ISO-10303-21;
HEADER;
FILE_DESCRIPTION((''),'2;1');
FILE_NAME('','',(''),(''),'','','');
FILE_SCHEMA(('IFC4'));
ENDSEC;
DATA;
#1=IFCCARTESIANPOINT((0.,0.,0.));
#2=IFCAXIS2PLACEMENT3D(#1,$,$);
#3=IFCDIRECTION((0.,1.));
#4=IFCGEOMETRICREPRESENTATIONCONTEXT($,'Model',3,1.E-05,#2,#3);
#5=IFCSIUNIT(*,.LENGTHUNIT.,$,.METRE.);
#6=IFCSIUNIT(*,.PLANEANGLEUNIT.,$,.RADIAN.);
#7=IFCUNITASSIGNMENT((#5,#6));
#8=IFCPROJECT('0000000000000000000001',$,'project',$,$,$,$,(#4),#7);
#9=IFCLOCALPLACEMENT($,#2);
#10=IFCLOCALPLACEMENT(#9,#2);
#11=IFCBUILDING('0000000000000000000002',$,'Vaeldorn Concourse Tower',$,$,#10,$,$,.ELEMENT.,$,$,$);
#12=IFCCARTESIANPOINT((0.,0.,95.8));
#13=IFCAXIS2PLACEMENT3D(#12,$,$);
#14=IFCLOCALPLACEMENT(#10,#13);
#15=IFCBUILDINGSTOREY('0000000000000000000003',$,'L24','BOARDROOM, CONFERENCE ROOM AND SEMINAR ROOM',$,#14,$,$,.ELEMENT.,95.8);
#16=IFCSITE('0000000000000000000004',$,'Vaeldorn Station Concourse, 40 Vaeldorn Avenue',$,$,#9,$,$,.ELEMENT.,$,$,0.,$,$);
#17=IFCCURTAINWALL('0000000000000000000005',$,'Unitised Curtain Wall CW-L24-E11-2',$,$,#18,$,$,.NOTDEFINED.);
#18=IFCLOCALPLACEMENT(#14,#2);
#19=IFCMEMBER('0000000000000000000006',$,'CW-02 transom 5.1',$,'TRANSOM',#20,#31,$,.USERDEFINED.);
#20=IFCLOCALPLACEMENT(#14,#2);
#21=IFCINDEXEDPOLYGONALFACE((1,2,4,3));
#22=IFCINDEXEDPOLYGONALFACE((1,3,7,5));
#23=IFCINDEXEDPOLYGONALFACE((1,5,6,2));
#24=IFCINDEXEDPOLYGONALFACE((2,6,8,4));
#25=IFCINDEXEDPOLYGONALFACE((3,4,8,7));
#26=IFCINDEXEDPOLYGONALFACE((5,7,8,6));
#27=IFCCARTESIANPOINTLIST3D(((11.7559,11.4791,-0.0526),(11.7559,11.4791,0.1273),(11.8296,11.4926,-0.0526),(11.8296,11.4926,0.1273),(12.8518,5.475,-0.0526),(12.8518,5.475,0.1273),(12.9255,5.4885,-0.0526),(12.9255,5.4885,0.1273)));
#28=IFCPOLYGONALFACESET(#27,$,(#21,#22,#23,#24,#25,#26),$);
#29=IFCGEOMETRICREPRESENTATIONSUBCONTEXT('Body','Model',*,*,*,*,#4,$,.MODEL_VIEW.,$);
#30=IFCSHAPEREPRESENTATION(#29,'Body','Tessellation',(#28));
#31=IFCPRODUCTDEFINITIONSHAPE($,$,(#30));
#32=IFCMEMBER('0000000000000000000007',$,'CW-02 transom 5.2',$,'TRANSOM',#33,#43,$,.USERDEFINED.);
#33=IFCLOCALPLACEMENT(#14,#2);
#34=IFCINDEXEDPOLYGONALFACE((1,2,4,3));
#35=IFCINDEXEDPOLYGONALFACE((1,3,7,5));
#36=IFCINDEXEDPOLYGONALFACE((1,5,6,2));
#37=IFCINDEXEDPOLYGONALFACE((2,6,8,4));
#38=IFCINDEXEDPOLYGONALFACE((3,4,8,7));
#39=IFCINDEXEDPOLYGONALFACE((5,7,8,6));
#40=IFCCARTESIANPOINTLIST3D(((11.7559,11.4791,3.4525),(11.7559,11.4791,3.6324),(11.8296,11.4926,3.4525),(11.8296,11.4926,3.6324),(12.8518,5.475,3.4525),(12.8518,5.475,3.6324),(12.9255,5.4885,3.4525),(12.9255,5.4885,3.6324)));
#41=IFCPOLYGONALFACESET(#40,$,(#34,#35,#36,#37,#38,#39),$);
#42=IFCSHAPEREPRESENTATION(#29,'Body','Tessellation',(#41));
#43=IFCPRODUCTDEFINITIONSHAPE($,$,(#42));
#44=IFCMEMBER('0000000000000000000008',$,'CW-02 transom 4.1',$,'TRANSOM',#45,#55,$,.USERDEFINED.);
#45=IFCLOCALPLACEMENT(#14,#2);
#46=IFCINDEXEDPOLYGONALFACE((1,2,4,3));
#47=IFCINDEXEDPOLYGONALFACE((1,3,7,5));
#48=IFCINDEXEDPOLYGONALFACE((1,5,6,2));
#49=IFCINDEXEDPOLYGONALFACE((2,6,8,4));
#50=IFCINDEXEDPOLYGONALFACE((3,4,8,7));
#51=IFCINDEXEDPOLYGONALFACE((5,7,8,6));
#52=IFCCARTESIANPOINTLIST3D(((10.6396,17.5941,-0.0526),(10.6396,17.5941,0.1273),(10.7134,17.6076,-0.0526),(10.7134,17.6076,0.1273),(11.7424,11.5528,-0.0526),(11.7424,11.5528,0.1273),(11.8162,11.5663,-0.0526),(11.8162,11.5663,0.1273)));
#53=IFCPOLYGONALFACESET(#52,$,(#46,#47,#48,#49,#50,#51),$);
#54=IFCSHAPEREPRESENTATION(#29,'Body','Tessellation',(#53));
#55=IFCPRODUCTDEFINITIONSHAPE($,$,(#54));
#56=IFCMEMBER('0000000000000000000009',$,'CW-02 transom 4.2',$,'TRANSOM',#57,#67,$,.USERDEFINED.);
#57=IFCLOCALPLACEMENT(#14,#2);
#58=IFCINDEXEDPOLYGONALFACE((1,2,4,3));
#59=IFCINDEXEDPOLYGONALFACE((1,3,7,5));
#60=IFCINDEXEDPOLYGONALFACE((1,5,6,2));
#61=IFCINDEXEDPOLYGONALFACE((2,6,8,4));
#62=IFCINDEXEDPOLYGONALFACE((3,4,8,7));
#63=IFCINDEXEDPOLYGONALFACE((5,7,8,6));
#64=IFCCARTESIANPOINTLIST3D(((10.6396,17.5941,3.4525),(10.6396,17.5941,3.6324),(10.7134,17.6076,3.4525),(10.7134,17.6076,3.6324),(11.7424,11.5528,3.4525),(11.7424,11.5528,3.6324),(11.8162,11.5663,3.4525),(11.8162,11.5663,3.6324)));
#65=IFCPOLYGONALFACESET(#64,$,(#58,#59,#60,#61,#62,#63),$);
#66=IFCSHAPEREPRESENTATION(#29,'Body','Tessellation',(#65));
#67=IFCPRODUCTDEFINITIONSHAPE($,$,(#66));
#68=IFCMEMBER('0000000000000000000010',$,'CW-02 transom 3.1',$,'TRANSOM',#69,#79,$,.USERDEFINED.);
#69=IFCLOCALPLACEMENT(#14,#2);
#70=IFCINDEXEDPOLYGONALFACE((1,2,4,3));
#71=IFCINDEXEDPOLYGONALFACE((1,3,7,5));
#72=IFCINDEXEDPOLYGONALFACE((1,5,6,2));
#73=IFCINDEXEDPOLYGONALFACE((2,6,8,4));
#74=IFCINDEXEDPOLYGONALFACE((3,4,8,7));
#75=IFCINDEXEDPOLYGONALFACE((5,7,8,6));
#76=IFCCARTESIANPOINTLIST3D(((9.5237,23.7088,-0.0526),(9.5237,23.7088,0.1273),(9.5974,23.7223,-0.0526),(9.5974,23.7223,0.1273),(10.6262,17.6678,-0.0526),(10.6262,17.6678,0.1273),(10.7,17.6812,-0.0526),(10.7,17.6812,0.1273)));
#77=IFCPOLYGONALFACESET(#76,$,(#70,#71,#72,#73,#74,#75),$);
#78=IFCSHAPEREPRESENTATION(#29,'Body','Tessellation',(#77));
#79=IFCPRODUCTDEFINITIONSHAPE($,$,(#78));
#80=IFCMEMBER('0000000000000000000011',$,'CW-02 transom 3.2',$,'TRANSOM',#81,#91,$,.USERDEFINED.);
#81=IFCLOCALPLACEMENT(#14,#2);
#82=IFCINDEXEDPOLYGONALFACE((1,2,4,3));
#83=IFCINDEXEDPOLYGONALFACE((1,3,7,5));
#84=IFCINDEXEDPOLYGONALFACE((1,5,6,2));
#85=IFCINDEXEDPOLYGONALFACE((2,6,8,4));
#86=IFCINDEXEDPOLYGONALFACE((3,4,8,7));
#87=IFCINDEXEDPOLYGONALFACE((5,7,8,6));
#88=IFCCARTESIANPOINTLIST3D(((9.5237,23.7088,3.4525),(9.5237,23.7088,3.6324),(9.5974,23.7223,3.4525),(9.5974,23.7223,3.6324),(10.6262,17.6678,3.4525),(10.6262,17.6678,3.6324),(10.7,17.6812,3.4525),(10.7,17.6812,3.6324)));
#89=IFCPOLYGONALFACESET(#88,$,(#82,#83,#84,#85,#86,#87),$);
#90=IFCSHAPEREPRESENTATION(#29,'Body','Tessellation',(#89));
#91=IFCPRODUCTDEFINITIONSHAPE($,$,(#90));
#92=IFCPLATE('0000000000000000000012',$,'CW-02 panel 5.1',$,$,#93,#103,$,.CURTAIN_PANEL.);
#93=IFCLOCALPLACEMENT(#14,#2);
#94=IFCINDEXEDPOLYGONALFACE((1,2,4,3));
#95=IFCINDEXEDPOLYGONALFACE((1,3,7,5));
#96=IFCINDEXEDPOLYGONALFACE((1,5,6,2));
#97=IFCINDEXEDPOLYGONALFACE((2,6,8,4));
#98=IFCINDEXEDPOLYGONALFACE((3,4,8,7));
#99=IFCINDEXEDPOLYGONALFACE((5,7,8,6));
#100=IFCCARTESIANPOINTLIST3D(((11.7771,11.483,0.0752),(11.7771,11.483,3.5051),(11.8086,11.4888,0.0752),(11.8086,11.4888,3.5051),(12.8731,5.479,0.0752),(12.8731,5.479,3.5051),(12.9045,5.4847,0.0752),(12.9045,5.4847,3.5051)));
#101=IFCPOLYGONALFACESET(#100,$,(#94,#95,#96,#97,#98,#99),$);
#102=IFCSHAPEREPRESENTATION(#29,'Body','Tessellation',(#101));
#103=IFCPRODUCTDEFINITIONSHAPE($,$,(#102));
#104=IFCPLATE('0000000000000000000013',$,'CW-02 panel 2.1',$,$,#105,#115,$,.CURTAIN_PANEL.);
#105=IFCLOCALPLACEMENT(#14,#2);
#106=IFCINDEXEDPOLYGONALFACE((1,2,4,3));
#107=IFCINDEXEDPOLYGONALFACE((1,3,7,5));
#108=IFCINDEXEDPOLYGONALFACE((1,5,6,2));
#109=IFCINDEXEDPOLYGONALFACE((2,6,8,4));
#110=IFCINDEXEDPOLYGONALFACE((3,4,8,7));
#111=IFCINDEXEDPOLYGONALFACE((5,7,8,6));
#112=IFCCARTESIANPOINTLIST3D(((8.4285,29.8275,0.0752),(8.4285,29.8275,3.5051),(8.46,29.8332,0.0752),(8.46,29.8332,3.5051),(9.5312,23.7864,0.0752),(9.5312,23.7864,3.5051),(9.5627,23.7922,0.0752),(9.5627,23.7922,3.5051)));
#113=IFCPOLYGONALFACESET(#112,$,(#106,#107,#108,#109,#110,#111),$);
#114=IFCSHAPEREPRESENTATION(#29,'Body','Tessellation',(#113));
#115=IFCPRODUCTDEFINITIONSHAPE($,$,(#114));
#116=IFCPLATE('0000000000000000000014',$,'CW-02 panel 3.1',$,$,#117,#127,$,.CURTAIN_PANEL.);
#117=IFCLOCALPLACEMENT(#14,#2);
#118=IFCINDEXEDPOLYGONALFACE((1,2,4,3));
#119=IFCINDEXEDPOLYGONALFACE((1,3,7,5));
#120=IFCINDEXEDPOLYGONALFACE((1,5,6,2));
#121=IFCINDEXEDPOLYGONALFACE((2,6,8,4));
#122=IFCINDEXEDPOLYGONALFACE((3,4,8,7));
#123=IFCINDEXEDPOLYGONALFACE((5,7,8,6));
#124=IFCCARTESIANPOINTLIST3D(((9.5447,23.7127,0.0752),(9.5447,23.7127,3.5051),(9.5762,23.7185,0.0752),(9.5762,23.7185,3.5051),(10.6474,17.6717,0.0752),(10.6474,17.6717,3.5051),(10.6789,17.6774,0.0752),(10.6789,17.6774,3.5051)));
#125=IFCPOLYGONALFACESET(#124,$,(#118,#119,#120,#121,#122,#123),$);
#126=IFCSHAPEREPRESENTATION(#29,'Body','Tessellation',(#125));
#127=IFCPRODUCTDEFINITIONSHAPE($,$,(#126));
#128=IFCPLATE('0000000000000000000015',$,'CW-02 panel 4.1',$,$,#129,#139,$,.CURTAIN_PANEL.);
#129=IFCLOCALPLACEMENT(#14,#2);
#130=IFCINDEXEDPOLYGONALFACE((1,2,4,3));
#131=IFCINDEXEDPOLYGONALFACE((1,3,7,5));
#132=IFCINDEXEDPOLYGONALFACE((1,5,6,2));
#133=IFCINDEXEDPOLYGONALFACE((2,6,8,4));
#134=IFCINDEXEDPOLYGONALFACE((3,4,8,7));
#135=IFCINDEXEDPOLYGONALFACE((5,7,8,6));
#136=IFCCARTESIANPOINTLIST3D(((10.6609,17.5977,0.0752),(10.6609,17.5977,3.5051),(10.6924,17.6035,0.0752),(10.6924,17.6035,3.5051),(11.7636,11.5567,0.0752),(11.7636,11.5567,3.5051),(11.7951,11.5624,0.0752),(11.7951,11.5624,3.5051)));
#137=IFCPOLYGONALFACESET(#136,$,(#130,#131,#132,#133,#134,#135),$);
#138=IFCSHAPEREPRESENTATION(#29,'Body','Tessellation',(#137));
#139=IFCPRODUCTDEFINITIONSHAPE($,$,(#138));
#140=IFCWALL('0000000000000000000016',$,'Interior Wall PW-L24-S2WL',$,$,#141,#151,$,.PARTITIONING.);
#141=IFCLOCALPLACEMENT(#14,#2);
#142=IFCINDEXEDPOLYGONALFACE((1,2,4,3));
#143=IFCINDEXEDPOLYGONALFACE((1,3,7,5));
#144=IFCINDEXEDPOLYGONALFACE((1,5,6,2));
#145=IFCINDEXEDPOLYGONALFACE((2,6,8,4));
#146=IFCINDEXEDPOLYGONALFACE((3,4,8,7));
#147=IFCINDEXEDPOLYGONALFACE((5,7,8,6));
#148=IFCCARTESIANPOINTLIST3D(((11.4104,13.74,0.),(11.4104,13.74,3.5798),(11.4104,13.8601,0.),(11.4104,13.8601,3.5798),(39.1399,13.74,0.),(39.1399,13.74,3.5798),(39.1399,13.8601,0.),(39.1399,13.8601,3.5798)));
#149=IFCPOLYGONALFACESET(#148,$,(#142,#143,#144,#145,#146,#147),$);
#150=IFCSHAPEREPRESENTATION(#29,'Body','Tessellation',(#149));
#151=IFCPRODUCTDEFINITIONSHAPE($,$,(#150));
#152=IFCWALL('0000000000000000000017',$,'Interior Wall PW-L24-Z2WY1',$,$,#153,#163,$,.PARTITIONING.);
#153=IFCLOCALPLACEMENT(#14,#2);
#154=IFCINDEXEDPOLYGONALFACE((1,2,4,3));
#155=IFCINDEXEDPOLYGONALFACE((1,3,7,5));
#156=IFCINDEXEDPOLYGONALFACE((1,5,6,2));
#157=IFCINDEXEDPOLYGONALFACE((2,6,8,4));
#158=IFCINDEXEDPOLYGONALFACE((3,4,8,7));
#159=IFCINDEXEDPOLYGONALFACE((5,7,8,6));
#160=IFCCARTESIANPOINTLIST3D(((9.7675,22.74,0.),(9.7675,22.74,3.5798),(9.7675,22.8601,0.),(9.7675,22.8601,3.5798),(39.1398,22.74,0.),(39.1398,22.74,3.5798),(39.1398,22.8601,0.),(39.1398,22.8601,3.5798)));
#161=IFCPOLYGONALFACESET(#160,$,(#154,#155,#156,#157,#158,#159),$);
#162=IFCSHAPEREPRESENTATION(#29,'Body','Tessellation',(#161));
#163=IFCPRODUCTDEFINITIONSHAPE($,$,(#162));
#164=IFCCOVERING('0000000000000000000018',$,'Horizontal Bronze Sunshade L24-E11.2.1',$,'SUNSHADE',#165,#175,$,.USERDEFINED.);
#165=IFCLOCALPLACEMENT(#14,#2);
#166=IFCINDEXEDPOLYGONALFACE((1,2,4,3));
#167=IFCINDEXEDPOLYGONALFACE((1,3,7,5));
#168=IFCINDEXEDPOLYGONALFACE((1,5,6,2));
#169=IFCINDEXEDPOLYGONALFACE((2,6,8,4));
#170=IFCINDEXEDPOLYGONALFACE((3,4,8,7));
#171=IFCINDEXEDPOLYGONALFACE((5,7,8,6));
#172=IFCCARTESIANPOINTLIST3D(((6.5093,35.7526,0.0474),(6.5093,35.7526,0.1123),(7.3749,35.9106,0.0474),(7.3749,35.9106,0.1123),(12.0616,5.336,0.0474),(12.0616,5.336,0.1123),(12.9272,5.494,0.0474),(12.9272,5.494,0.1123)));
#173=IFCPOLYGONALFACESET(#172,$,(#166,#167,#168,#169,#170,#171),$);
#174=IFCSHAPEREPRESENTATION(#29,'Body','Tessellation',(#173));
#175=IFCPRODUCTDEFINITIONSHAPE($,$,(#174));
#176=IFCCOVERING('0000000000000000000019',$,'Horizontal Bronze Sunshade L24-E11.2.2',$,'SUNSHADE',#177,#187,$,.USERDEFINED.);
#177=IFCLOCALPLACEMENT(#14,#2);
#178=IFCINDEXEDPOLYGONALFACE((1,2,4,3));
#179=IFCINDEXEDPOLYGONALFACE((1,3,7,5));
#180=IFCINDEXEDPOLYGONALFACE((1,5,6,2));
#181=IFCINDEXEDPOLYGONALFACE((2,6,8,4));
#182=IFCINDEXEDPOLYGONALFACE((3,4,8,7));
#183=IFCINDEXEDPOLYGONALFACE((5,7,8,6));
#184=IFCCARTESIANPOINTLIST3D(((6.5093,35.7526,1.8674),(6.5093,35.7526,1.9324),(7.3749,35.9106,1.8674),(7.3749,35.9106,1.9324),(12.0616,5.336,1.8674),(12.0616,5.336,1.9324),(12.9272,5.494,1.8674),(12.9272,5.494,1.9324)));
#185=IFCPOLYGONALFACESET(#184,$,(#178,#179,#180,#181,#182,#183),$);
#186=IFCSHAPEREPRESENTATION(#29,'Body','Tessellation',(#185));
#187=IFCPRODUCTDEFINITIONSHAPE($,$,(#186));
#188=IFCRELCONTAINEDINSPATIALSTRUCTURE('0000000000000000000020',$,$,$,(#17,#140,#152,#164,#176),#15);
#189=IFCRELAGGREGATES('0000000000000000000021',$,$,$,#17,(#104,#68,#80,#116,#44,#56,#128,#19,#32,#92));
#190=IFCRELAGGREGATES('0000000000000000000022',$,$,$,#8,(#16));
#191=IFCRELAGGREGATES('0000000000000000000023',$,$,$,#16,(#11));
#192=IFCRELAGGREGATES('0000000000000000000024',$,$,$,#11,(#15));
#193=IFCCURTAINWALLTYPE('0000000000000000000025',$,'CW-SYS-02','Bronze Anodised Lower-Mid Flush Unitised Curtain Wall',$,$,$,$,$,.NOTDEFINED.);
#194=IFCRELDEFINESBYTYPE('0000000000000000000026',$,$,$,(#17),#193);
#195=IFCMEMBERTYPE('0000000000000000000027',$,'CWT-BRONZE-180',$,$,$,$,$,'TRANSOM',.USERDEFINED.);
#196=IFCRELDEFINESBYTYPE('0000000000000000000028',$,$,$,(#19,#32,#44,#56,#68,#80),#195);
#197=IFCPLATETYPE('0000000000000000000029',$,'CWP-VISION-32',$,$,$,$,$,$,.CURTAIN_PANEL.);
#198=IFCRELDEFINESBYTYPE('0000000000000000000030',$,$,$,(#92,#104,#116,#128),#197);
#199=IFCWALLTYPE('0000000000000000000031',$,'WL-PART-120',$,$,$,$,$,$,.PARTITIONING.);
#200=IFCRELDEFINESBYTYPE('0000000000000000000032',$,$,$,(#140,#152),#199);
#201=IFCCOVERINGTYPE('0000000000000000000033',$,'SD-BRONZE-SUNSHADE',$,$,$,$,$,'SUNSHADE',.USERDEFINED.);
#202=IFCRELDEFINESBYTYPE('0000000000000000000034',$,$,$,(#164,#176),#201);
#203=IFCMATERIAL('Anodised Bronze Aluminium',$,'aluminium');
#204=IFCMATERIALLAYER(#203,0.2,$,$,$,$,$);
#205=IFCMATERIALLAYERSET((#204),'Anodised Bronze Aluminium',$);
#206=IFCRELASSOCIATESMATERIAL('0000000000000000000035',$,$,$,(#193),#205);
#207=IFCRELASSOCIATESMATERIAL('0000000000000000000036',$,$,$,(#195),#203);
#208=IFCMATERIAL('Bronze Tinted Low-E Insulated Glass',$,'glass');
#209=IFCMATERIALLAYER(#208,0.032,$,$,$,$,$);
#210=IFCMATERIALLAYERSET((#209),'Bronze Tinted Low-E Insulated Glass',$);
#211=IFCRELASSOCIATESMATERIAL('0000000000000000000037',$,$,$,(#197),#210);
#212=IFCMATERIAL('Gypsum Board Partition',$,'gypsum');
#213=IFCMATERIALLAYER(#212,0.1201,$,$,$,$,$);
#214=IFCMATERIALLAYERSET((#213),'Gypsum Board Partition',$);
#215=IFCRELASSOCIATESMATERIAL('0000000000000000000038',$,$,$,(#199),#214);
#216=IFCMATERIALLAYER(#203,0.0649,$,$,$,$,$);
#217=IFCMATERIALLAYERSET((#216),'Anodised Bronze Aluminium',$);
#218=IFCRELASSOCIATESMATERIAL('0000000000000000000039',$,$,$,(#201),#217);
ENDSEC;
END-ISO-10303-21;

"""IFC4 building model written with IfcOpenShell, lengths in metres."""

from ifc_helpers import new_model, si_unit, direction, frame, frame_2d, origin, origin_2d, place, context, subcontext, project, spatial, rectangle, extrude, source, transform, mapped, material, layer, layer_set, material_profile, profile_set, type_object, element, aggregate, save


model = new_model("IFC4")

# Units and contexts
model_context = context("Model", 3, precision=1e-05, world=origin(), true_north=direction((0.0, 1.0)))
body_context = subcontext(model_context, "Body", "Model", "MODEL_VIEW")
ifc_project = project(units=[si_unit("LENGTHUNIT", "METRE"), si_unit("PLANEANGLEUNIT", "RADIAN")], contexts=[model_context])

# Site, building, storey
site_placement = place(None, origin())
site = spatial("IfcSite", under=ifc_project, at=site_placement, Name="Vaeldorn Station Concourse, 40 Vaeldorn Avenue", CompositionType="ELEMENT", RefElevation=0.0)
building_placement = place(site_placement, origin())
building = spatial("IfcBuilding", under=site, at=building_placement, Name="Vaeldorn Concourse Tower", CompositionType="ELEMENT")
storey_placement = place(building_placement, frame((0.0, 0.0, 95.8)))
storey = spatial("IfcBuildingStorey", under=building, at=storey_placement, Name="L24", Description="BOARDROOM, CONFERENCE ROOM AND SEMINAR ROOM", CompositionType="ELEMENT", Elevation=95.8)

# Curtain wall, members, plates
ifc_material_1 = material(Name="Anodised Bronze Aluminium", Category="aluminium")
ifc_layer_1 = layer(ifc_material_1, 0.2)
ifc_layer_set_1 = layer_set([ifc_layer_1], Name="Anodised Bronze Aluminium")
curtain_wall_type = type_object("IfcCurtainWallType", Name="CW-SYS-02", Description="Bronze Anodised Lower-Mid Flush Unitised Curtain Wall", PredefinedType="NOTDEFINED", material=ifc_layer_set_1)
curtain_wall_placement = place(storey_placement, origin())
curtain_wall = element("IfcCurtainWall", 1, at=curtain_wall_placement, inside=storey, type_object=curtain_wall_type, Name="Unitised Curtain Wall CW-L24-E11-2", PredefinedType="NOTDEFINED")
ifc_material_profile_1 = material_profile(ifc_material_1, rectangle(XDim=0.075, YDim=0.1799, at=origin_2d()), Name="CWT 75x180")
ifc_profile_set_1 = profile_set([ifc_material_profile_1], Name="Anodised Bronze Aluminium")
member_type_1 = type_object("IfcMemberType", Name="CWT-BRONZE-180", ElementType="TRANSOM", PredefinedType="USERDEFINED", material=ifc_profile_set_1)
shared_shape_1 = source(origin(), body_context, "Body", "SweptSolid", [
    extrude(rectangle(XDim=0.075, YDim=0.1799, at=origin_2d()), origin(), (0.0, 0.0, 1.0), 6.1033),
])
member_1_placement = place(storey_placement, frame((11.7927, 11.4858, 0.0374), z_axis=(0.179565, -0.983746, 0.0), x_axis=(0.983746, 0.179565, 0.0)))
member_1 = element("IfcMember", 2, at=member_1_placement, type_object=member_type_1, Name="CW-02 transom 5.1", ObjectType="TRANSOM", PredefinedType="USERDEFINED", context=body_context, shape_type="MappedRepresentation", body=[
    mapped(shared_shape_1, transform((0.0, 0.0, 0.0), scale=1.0)),
])
member_2_placement = place(storey_placement, frame((11.7927, 11.4858, 3.5425), z_axis=(0.179565, -0.983746, 0.0), x_axis=(0.983746, 0.179565, 0.0)))
member_2 = element("IfcMember", 3, at=member_2_placement, type_object=member_type_1, Name="CW-02 transom 5.2", ObjectType="TRANSOM", PredefinedType="USERDEFINED", context=body_context, shape_type="MappedRepresentation", body=[
    mapped(shared_shape_1, transform((0.0, 0.0, 0.0), scale=1.0)),
])
shared_shape_2 = source(origin(), body_context, "Body", "SweptSolid", [
    extrude(rectangle(XDim=0.075, YDim=0.1799, at=origin_2d()), origin(), (0.0, 0.0, 1.0), 6.1411),
])
member_3_placement = place(storey_placement, frame((10.6765, 17.6008, 0.0374), z_axis=(0.179575, -0.983744, 0.0), x_axis=(0.983744, 0.179575, 0.0)))
member_3 = element("IfcMember", 4, at=member_3_placement, type_object=member_type_1, Name="CW-02 transom 4.1", ObjectType="TRANSOM", PredefinedType="USERDEFINED", context=body_context, shape_type="MappedRepresentation", body=[
    mapped(shared_shape_2, transform((0.0, 0.0, 0.0), scale=1.0)),
])
member_4_placement = place(storey_placement, frame((10.6765, 17.6008, 3.5425), z_axis=(0.179575, -0.983744, 0.0), x_axis=(0.983744, 0.179575, 0.0)))
member_4 = element("IfcMember", 5, at=member_4_placement, type_object=member_type_1, Name="CW-02 transom 4.2", ObjectType="TRANSOM", PredefinedType="USERDEFINED", context=body_context, shape_type="MappedRepresentation", body=[
    mapped(shared_shape_2, transform((0.0, 0.0, 0.0), scale=1.0)),
])
shared_shape_3 = source(origin(), body_context, "Body", "SweptSolid", [
    extrude(rectangle(XDim=0.075, YDim=0.1799, at=origin_2d()), origin(), (0.0, 0.0, 1.0), 6.1409),
])
member_5_placement = place(storey_placement, frame((9.5605, 23.7156, 0.0374), z_axis=(0.179543, -0.98375, 0.0), x_axis=(0.98375, 0.179543, 0.0)))
member_5 = element("IfcMember", 6, at=member_5_placement, type_object=member_type_1, Name="CW-02 transom 3.1", ObjectType="TRANSOM", PredefinedType="USERDEFINED", context=body_context, shape_type="MappedRepresentation", body=[
    mapped(shared_shape_3, transform((0.0, 0.0, 0.0), scale=1.0)),
])
member_6_placement = place(storey_placement, frame((9.5605, 23.7156, 3.5425), z_axis=(0.179543, -0.98375, 0.0), x_axis=(0.98375, 0.179543, 0.0)))
member_6 = element("IfcMember", 7, at=member_6_placement, type_object=member_type_1, Name="CW-02 transom 3.2", ObjectType="TRANSOM", PredefinedType="USERDEFINED", context=body_context, shape_type="MappedRepresentation", body=[
    mapped(shared_shape_3, transform((0.0, 0.0, 0.0), scale=1.0)),
])
ifc_material_2 = material(Name="Bronze Tinted Low-E Insulated Glass", Category="glass")
ifc_layer_2 = layer(ifc_material_2, 0.032)
ifc_layer_set_2 = layer_set([ifc_layer_2], Name="Bronze Tinted Low-E Insulated Glass")
plate_type = type_object("IfcPlateType", Name="CWP-VISION-32", PredefinedType="CURTAIN_PANEL", material=ifc_layer_set_2)
shared_shape_4 = source(origin(), body_context, "Body", "SweptSolid", [
    extrude(rectangle(XDim=6.1033, YDim=0.032, at=origin_2d()), origin(), (0.0, 0.0, 1.0), 3.4299),
])
plate_1_placement = place(storey_placement, frame((12.3408, 8.4839, 0.0752), z_axis=(0.0, 0.0, 1.0), x_axis=(0.179567, -0.983746, 0.0)))
plate_1 = element("IfcPlate", 8, at=plate_1_placement, type_object=plate_type, Name="CW-02 panel 5.1", PredefinedType="CURTAIN_PANEL", context=body_context, shape_type="MappedRepresentation", body=[
    mapped(shared_shape_4, transform((0.0, 0.0, 0.0), scale=1.0)),
])
shared_shape_5 = source(origin(), body_context, "Body", "SweptSolid", [
    extrude(rectangle(XDim=6.1409, YDim=0.032, at=origin_2d()), origin(), (0.0, 0.0, 1.0), 3.4299),
])
plate_2_placement = place(storey_placement, frame((8.9956, 26.8098, 0.0752), z_axis=(0.0, 0.0, 1.0), x_axis=(0.179567, -0.983746, 0.0)))
plate_2 = element("IfcPlate", 9, at=plate_2_placement, type_object=plate_type, Name="CW-02 panel 2.1", PredefinedType="CURTAIN_PANEL", context=body_context, shape_type="MappedRepresentation", body=[
    mapped(shared_shape_5, transform((0.0, 0.0, 0.0), scale=1.0)),
])
plate_3_placement = place(storey_placement, frame((10.1118, 20.6951, 0.0752), z_axis=(0.0, 0.0, 1.0), x_axis=(0.179567, -0.983746, 0.0)))
plate_3 = element("IfcPlate", 10, at=plate_3_placement, type_object=plate_type, Name="CW-02 panel 3.1", PredefinedType="CURTAIN_PANEL", context=body_context, shape_type="MappedRepresentation", body=[
    mapped(shared_shape_5, transform((0.0, 0.0, 0.0), scale=1.0)),
])
plate_4_placement = place(storey_placement, frame((11.228, 14.5801, 0.0752), z_axis=(0.0, 0.0, 1.0), x_axis=(0.179567, -0.983746, 0.0)))
plate_4 = element("IfcPlate", 11, at=plate_4_placement, type_object=plate_type, Name="CW-02 panel 4.1", PredefinedType="CURTAIN_PANEL", context=body_context, shape_type="MappedRepresentation", body=[
    mapped(shared_shape_5, transform((0.0, 0.0, 0.0), scale=1.0)),
])
aggregate(curtain_wall, [plate_2, member_5, member_6, plate_3, member_3, member_4, plate_4, member_1, member_2, plate_1])

# Walls
ifc_material_3 = material(Name="Gypsum Board Partition", Category="gypsum")
ifc_layer_3 = layer(ifc_material_3, 0.1201)
ifc_layer_set_3 = layer_set([ifc_layer_3], Name="Gypsum Board Partition")
wall_type = type_object("IfcWallType", Name="WL-PART-120", PredefinedType="PARTITIONING", material=ifc_layer_set_3)
wall_1_placement = place(storey_placement, frame((11.4104, 13.8, 0.0), z_axis=(0.0, 0.0, 1.0), x_axis=(1.0, 0.0, 0.0)))
element("IfcWall", 12, at=wall_1_placement, inside=storey, type_object=wall_type, Name="Interior Wall PW-L24-S2WL", PredefinedType="PARTITIONING", context=body_context, shape_type="SweptSolid", body=[
    extrude(rectangle(XDim=27.7295, YDim=0.1201, at=frame_2d((13.8647, 0.0))), origin(), (0.0, 0.0, 1.0), 3.5798),
])
wall_2_placement = place(storey_placement, frame((9.7676, 22.8, 0.0), z_axis=(0.0, 0.0, 1.0), x_axis=(1.0, 0.0, 0.0)))
element("IfcWall", 13, at=wall_2_placement, inside=storey, type_object=wall_type, Name="Interior Wall PW-L24-Z2WY1", PredefinedType="PARTITIONING", context=body_context, shape_type="SweptSolid", body=[
    extrude(rectangle(XDim=29.3723, YDim=0.1201, at=frame_2d((14.686, 0.0))), origin(), (0.0, 0.0, 1.0), 3.5798),
])

# Coverings
ifc_layer_4 = layer(ifc_material_1, 0.0649)
ifc_layer_set_4 = layer_set([ifc_layer_4], Name="Anodised Bronze Aluminium")
covering_type = type_object("IfcCoveringType", Name="SD-BRONZE-SUNSHADE", ElementType="SUNSHADE", PredefinedType="USERDEFINED", material=ifc_layer_set_4)
shared_shape_6 = source(origin(), body_context, "Body", "SweptSolid", [
    extrude(rectangle(XDim=30.9192, YDim=0.8799, at=origin_2d()), origin(), (0.0, 0.0, 1.0), 0.0649),
])
for number, where, z_axis, x_axis, name in (
    (14, (9.7183, 20.6233, 0.0474), (0.0, 0.0, 1.0), (0.179575, -0.983744, 0.0), "Horizontal Bronze Sunshade L24-E11.2.1"),
    (15, (9.7183, 20.6233, 1.8674), (0.0, 0.0, 1.0), (0.179575, -0.983744, 0.0), "Horizontal Bronze Sunshade L24-E11.2.2"),
):
    element("IfcCovering", number, at=place(storey_placement, frame(where, z_axis=z_axis, x_axis=x_axis)), inside=storey, type_object=covering_type, Name=name, ObjectType="SUNSHADE", PredefinedType="USERDEFINED", context=body_context, shape_type="MappedRepresentation", body=[
        mapped(shared_shape_6, transform((0.0, 0.0, 0.0), scale=1.0)),
    ])

save(model, "model.ifc")
